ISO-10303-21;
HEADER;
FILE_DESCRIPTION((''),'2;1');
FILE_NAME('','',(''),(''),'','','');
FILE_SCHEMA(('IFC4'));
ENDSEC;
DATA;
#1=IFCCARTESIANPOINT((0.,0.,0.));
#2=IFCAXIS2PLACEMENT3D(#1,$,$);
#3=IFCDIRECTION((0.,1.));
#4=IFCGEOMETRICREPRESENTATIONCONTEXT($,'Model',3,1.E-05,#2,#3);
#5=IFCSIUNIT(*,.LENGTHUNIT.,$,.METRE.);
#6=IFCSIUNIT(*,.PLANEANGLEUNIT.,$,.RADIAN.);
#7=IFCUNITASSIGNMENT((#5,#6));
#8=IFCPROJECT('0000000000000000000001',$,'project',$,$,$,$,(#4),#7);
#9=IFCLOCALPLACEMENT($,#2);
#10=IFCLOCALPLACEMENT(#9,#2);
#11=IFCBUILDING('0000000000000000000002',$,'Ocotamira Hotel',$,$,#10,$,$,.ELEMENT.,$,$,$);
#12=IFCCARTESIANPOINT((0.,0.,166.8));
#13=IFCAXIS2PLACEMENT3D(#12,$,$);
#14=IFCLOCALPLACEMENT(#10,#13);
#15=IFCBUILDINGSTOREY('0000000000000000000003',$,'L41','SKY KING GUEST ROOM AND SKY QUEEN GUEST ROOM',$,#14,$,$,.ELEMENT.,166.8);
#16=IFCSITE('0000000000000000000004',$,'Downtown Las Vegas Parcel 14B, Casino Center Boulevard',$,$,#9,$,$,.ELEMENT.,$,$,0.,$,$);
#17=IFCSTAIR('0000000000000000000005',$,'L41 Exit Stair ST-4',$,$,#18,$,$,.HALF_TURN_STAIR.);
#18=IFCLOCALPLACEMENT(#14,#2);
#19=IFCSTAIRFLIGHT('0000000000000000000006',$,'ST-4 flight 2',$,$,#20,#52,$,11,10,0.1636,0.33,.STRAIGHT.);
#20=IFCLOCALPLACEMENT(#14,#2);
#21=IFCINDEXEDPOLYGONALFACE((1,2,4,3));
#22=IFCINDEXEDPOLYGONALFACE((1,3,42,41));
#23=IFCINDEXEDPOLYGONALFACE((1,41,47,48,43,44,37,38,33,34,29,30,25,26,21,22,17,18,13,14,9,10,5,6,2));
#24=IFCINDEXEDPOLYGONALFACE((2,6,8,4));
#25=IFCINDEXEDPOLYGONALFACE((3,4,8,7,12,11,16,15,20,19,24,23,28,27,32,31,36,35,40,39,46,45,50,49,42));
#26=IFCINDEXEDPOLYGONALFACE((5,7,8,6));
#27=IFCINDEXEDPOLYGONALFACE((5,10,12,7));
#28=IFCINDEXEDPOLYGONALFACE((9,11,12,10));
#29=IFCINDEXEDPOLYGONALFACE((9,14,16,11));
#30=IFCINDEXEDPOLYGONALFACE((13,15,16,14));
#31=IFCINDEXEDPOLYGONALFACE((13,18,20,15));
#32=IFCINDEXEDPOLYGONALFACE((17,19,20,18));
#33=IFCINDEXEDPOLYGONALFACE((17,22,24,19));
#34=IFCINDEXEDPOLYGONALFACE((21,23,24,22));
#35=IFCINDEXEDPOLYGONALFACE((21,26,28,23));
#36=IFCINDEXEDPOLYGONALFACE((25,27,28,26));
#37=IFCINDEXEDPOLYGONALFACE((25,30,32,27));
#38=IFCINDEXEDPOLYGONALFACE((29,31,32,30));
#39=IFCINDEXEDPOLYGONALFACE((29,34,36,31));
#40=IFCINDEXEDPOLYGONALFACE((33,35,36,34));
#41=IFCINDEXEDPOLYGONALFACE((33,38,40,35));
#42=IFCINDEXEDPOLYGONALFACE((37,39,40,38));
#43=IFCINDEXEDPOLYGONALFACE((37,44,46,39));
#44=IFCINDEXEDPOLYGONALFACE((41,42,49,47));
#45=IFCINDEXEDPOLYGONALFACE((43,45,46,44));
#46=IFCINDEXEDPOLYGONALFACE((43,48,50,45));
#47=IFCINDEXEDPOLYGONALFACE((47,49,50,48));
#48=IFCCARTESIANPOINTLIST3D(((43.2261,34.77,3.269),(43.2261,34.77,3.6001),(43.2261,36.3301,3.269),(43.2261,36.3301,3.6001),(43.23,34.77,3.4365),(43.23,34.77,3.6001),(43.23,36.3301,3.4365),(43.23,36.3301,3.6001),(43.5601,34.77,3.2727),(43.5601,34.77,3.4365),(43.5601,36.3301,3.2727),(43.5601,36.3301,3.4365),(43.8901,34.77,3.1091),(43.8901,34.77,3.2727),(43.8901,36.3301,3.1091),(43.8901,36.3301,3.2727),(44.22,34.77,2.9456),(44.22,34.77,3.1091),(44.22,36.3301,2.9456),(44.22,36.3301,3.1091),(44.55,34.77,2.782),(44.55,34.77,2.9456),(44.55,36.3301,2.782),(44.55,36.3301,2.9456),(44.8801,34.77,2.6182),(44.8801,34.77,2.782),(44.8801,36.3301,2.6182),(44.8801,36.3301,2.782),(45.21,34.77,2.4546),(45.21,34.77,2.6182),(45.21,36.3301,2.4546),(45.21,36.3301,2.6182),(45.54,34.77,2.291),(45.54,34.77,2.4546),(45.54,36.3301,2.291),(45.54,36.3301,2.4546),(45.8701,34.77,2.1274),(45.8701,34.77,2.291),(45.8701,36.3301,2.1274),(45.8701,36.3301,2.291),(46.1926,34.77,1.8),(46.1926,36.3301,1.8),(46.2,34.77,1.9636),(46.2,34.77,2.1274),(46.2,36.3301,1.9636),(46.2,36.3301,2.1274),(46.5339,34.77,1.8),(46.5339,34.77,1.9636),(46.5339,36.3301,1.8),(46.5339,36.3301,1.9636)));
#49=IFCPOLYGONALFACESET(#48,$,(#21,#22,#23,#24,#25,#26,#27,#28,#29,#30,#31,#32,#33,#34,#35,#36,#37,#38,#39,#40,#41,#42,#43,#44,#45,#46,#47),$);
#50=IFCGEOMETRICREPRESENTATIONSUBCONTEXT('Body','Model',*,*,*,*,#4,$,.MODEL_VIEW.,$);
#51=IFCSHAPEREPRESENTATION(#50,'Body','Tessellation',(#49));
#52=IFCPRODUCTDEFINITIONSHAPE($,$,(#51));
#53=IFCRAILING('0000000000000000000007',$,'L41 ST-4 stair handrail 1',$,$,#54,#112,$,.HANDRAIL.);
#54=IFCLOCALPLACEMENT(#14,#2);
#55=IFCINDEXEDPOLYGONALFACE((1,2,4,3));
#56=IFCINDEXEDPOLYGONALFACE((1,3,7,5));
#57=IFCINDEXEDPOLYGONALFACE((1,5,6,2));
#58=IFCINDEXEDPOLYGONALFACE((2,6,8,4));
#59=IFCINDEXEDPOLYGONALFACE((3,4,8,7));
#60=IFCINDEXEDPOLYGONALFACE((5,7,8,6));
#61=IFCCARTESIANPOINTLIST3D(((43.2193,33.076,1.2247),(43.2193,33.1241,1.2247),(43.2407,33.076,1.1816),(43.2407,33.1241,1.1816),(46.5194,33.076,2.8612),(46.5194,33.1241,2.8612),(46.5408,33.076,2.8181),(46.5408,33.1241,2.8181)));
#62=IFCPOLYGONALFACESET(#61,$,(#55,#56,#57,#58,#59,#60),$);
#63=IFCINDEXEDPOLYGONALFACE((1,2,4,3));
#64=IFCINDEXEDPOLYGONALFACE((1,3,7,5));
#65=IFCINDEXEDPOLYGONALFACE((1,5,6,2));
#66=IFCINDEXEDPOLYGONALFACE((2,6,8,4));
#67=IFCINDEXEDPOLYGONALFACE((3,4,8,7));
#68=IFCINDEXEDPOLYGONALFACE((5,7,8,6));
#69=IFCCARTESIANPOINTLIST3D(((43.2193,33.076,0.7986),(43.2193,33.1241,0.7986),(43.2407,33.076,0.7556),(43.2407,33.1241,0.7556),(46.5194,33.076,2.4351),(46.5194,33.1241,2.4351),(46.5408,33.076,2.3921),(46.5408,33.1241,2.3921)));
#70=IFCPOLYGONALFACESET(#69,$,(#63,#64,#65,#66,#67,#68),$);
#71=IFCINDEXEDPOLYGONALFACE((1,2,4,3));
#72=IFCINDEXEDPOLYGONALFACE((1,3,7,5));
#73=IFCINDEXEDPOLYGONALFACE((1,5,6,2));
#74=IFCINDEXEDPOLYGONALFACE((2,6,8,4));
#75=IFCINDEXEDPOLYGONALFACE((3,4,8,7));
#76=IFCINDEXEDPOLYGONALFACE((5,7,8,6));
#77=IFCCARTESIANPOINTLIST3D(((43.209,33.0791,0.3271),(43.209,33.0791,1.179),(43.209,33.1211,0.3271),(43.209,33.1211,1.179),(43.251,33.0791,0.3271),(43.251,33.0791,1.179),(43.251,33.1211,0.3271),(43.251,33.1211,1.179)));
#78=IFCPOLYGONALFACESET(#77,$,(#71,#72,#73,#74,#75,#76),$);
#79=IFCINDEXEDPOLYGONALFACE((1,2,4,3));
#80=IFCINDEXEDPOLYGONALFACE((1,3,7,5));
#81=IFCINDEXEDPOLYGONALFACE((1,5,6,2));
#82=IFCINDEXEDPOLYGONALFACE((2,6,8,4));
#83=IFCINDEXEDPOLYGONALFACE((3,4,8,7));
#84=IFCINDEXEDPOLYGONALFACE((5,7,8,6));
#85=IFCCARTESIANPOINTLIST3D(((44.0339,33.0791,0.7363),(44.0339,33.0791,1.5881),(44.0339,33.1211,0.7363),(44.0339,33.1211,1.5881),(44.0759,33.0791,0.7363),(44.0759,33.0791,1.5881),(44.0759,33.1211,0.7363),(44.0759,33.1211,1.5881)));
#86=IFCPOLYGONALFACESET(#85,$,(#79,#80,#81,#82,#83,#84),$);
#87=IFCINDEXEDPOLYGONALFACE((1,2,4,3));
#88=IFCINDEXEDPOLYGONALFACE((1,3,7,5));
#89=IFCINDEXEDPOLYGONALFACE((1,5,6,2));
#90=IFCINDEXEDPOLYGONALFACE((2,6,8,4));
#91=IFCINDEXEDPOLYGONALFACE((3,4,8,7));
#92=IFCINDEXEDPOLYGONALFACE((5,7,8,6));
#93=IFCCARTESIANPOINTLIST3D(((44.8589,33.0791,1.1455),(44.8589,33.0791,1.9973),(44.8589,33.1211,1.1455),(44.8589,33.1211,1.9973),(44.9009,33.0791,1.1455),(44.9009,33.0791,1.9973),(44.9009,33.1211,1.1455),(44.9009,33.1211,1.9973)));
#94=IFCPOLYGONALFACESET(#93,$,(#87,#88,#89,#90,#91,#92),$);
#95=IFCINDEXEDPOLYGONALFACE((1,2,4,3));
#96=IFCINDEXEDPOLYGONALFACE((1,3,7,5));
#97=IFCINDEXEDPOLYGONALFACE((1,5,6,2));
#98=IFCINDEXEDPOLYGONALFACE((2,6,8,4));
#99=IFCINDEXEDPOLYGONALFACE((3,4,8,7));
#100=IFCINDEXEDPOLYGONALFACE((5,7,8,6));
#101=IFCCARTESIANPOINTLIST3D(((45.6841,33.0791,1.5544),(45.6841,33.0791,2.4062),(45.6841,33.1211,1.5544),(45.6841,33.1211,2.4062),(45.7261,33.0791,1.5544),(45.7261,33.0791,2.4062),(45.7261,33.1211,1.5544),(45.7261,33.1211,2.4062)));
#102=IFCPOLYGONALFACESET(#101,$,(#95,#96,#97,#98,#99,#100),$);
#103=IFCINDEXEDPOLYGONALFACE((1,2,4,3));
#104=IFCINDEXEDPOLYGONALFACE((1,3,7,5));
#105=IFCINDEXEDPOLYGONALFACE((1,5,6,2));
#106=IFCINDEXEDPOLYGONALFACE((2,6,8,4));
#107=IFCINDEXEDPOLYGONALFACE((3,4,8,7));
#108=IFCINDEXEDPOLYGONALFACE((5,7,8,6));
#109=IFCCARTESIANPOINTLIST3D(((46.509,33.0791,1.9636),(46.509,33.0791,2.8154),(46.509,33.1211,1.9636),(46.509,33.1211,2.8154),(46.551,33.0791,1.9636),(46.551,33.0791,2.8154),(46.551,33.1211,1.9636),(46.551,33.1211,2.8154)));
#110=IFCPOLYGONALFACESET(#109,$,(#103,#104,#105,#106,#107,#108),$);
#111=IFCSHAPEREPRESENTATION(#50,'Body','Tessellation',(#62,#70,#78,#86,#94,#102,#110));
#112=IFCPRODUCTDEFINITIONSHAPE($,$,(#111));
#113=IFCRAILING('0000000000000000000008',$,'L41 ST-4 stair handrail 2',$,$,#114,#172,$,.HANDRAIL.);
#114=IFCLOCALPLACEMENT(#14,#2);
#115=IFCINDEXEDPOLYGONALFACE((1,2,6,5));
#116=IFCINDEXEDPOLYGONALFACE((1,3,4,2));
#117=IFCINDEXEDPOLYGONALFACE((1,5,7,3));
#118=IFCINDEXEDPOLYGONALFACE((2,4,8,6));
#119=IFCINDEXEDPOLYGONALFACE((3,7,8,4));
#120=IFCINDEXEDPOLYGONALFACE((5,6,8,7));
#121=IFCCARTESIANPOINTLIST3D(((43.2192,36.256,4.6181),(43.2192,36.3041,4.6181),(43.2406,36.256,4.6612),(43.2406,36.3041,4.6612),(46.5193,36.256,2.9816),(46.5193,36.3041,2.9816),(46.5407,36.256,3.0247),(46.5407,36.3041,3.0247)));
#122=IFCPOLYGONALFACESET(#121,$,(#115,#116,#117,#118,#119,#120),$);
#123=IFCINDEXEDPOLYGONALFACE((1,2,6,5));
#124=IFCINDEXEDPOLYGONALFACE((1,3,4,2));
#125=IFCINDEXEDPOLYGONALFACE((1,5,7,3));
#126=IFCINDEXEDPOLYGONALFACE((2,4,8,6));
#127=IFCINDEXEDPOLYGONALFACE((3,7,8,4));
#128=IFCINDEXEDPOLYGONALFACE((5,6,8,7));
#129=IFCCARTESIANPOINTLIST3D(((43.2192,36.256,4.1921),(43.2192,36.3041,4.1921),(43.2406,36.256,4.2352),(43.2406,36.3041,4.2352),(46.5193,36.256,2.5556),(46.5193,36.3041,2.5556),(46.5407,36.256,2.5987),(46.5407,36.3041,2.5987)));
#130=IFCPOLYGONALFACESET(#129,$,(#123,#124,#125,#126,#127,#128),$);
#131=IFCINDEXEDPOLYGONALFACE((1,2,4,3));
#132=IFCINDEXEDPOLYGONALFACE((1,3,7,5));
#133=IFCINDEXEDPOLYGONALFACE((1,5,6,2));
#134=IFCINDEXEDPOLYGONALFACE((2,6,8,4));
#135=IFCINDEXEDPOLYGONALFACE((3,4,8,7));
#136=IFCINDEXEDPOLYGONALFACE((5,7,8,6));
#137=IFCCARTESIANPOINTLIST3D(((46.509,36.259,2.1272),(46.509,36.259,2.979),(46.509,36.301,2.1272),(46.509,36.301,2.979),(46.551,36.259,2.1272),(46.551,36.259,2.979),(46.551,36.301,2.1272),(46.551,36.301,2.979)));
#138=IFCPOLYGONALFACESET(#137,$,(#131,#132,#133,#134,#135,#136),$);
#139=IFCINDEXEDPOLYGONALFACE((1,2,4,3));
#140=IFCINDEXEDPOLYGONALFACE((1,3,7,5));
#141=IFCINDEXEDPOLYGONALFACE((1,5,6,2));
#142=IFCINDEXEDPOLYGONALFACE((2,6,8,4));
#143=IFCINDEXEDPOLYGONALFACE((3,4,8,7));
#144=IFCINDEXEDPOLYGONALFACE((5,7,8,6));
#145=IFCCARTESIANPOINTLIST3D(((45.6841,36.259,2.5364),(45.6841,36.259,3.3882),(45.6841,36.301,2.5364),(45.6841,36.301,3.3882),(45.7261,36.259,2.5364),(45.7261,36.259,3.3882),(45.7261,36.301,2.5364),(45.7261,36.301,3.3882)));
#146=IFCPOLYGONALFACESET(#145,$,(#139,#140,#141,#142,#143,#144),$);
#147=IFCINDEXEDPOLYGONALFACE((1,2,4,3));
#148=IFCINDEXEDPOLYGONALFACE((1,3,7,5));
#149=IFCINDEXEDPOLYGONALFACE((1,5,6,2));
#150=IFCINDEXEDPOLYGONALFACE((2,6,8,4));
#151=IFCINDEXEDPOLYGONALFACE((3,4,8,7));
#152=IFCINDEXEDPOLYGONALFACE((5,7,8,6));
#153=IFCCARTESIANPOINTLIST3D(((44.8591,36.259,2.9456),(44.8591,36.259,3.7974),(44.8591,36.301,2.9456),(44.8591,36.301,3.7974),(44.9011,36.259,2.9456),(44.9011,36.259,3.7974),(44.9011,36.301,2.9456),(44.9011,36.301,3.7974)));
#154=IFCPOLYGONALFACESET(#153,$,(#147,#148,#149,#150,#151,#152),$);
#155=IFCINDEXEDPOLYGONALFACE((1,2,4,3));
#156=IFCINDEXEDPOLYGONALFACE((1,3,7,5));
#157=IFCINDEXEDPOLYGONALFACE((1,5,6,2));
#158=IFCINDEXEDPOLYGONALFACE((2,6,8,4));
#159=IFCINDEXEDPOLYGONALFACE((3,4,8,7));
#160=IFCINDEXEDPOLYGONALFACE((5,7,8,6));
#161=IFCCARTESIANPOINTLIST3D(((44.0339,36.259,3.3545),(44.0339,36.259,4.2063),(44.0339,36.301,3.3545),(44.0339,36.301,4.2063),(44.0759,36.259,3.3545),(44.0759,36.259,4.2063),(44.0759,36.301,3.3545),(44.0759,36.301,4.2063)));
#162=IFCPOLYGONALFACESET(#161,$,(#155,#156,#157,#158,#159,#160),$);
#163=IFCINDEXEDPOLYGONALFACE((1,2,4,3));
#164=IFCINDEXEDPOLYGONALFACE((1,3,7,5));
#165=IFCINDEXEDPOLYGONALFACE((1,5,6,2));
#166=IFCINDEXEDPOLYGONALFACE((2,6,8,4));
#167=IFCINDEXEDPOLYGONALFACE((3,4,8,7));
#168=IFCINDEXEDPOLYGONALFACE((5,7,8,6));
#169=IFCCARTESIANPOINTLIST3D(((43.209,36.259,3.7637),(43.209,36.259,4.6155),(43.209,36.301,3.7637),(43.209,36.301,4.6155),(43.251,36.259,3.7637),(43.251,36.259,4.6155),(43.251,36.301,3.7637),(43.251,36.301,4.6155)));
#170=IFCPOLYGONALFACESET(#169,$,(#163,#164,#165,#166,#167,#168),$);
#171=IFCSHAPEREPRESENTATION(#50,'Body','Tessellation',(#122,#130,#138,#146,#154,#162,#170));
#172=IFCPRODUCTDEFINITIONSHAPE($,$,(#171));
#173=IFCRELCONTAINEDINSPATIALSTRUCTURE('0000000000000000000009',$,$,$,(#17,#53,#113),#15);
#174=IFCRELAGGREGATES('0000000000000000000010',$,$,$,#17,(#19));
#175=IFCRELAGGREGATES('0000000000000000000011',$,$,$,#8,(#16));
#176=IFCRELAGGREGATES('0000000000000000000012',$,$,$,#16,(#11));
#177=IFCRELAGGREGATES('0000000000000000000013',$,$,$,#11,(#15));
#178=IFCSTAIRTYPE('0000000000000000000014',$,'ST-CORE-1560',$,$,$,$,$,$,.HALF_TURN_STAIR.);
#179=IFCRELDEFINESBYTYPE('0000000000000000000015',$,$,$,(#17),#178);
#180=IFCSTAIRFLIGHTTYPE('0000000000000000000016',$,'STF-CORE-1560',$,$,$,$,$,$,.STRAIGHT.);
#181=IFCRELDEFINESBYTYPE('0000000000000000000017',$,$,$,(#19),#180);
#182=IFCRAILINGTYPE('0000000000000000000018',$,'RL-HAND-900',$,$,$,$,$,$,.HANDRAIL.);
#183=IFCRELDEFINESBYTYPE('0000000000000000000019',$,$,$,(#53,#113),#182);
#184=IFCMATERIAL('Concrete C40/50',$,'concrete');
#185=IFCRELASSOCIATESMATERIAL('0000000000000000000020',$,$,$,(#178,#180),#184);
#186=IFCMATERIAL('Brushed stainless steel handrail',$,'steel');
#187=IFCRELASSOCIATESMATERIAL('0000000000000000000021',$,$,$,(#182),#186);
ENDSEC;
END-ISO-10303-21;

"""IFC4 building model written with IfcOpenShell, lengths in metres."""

from ifc_helpers import new_model, si_unit, direction, frame, origin, origin_2d, place, context, subcontext, project, spatial, polyline, rectangle, outline, extrude, source, transform, mapped, material, type_object, element, aggregate, save


model = new_model("IFC4")

# Units and contexts
model_context = context("Model", 3, precision=1e-05, world=origin(), true_north=direction((0.0, 1.0)))
body_context = subcontext(model_context, "Body", "Model", "MODEL_VIEW")
ifc_project = project(units=[si_unit("LENGTHUNIT", "METRE"), si_unit("PLANEANGLEUNIT", "RADIAN")], contexts=[model_context])

# Site, building, storey
site_placement = place(None, origin())
site = spatial("IfcSite", under=ifc_project, at=site_placement, Name="Downtown Las Vegas Parcel 14B, Casino Center Boulevard", CompositionType="ELEMENT", RefElevation=0.0)
building_placement = place(site_placement, origin())
building = spatial("IfcBuilding", under=site, at=building_placement, Name="Ocotamira Hotel", CompositionType="ELEMENT")
storey_placement = place(building_placement, frame((0.0, 0.0, 166.8)))
storey = spatial("IfcBuildingStorey", under=building, at=storey_placement, Name="L41", Description="SKY KING GUEST ROOM AND SKY QUEEN GUEST ROOM", CompositionType="ELEMENT", Elevation=166.8)

# Stair, stair flight
ifc_material_1 = material(Name="Concrete C40/50", Category="concrete")
stair_type = type_object("IfcStairType", Name="ST-CORE-1560", PredefinedType="HALF_TURN_STAIR", material=ifc_material_1)
stair_placement = place(storey_placement, origin())
stair = element("IfcStair", 1, at=stair_placement, inside=storey, type_object=stair_type, Name="L41 Exit Stair ST-4", PredefinedType="HALF_TURN_STAIR")
stair_flight_type = type_object("IfcStairFlightType", Name="STF-CORE-1560", PredefinedType="STRAIGHT", material=ifc_material_1)
shared_shape_1 = source(origin(), body_context, "Body", "SweptSolid", [
    extrude(outline(polyline([(-0.0039, 0.0), (-0.0039, 0.1636), (0.3301, 0.1636), (0.3301, 0.3274), (0.6599, 0.3274), (0.6599, 0.491), (0.99, 0.491), (0.99, 0.6545), (1.3201, 0.6545), (1.3201, 0.8181), (1.6499, 0.8181), (1.6499, 0.9819), (1.98, 0.9819), (1.98, 1.1455), (2.3101, 1.1455), (2.3101, 1.3091), (2.6399, 1.3091), (2.6399, 1.4727), (2.97, 1.4727), (2.97, 1.6365), (3.3, 1.6365), (3.3, 1.8), (3.304, 1.8), (3.304, 1.469), (0.3374, 0.0), (-0.0039, 0.0)])), frame((0.0, 0.78, 0.0), z_axis=(0.0, -1.0, 0.0), x_axis=(1.0, 0.0, 0.0)), (0.0, 0.0, 1.0), 1.5601),
])
stair_flight_1_placement = place(storey_placement, frame((46.53, 35.55, 1.8), z_axis=(0.0, 0.0, 1.0), x_axis=(-1.0, 0.0, 0.0)))
stair_flight_1 = element("IfcStairFlight", 2, at=stair_flight_1_placement, type_object=stair_flight_type, Name="ST-4 flight 2", NumberOfRisers=11, NumberOfTreads=10, PredefinedType="STRAIGHT", RiserHeight=0.1636, TreadLength=0.33, context=body_context, shape_type="MappedRepresentation", body=[
    mapped(shared_shape_1, transform((0.0, 0.0, 0.0), scale=1.0)),
])
aggregate(stair, [stair_flight_1])

# Railings
ifc_material_2 = material(Name="Brushed stainless steel handrail", Category="steel")
railing_type_1 = type_object("IfcRailingType", Name="RL-HAND-900", PredefinedType="HANDRAIL", material=ifc_material_2)
railing_1_placement = place(storey_placement, frame((43.23, 33.1001, 0.3271)))
element("IfcRailing", 3, at=railing_1_placement, inside=storey, type_object=railing_type_1, Name="L41 ST-4 stair handrail 1", PredefinedType="HANDRAIL", context=body_context, shape_type="SweptSolid", body=[
    extrude(rectangle(XDim=0.0481, YDim=0.0481, at=origin_2d()), frame((0.0, 0.0, 0.876), z_axis=(0.895894, 0.0, 0.444268), x_axis=(0.0, 1.0, 0.0)), (0.0, 0.0, 1.0), 3.6836),
    extrude(rectangle(XDim=0.0481, YDim=0.0481, at=origin_2d()), frame((0.0, 0.0, 0.45), z_axis=(0.895894, 0.0, 0.444268), x_axis=(0.0, 1.0, 0.0)), (0.0, 0.0, 1.0), 3.6836),
    extrude(rectangle(XDim=0.042, YDim=0.042, at=origin_2d()), origin(), (0.0, 0.0, 1.0), 0.8518),
    extrude(rectangle(XDim=0.042, YDim=0.042, at=origin_2d()), frame((0.825, 0.0, 0.4092)), (0.0, 0.0, 1.0), 0.8518),
    extrude(rectangle(XDim=0.042, YDim=0.042, at=origin_2d()), frame((1.6499, 0.0, 0.8184)), (0.0, 0.0, 1.0), 0.8518),
    extrude(rectangle(XDim=0.042, YDim=0.042, at=origin_2d()), frame((2.4751, 0.0, 1.2273)), (0.0, 0.0, 1.0), 0.8518),
    extrude(rectangle(XDim=0.042, YDim=0.042, at=origin_2d()), frame((3.3, 0.0, 1.6365)), (0.0, 0.0, 1.0), 0.8518),
])
railing_2_placement = place(storey_placement, frame((46.53, 36.28, 2.1272)))
element("IfcRailing", 4, at=railing_2_placement, inside=storey, type_object=railing_type_1, Name="L41 ST-4 stair handrail 2", PredefinedType="HANDRAIL", context=body_context, shape_type="SweptSolid", body=[
    extrude(rectangle(XDim=0.0481, YDim=0.0481, at=origin_2d()), frame((0.0, 0.0, 0.876), z_axis=(-0.895894, 0.0, 0.444268), x_axis=(0.0, -1.0, 0.0)), (0.0, 0.0, 1.0), 3.6836),
    extrude(rectangle(XDim=0.0481, YDim=0.0481, at=origin_2d()), frame((0.0, 0.0, 0.45), z_axis=(-0.895894, 0.0, 0.444268), x_axis=(0.0, -1.0, 0.0)), (0.0, 0.0, 1.0), 3.6836),
    extrude(rectangle(XDim=0.042, YDim=0.042, at=origin_2d()), origin(), (0.0, 0.0, 1.0), 0.8518),
    extrude(rectangle(XDim=0.042, YDim=0.042, at=origin_2d()), frame((-0.825, 0.0, 0.4092)), (0.0, 0.0, 1.0), 0.8518),
    extrude(rectangle(XDim=0.042, YDim=0.042, at=origin_2d()), frame((-1.6499, 0.0, 0.8184)), (0.0, 0.0, 1.0), 0.8518),
    extrude(rectangle(XDim=0.042, YDim=0.042, at=origin_2d()), frame((-2.4751, 0.0, 1.2273)), (0.0, 0.0, 1.0), 0.8518),
    extrude(rectangle(XDim=0.042, YDim=0.042, at=origin_2d()), frame((-3.3, 0.0, 1.6365)), (0.0, 0.0, 1.0), 0.8518),
])

save(model, "model.ifc")
